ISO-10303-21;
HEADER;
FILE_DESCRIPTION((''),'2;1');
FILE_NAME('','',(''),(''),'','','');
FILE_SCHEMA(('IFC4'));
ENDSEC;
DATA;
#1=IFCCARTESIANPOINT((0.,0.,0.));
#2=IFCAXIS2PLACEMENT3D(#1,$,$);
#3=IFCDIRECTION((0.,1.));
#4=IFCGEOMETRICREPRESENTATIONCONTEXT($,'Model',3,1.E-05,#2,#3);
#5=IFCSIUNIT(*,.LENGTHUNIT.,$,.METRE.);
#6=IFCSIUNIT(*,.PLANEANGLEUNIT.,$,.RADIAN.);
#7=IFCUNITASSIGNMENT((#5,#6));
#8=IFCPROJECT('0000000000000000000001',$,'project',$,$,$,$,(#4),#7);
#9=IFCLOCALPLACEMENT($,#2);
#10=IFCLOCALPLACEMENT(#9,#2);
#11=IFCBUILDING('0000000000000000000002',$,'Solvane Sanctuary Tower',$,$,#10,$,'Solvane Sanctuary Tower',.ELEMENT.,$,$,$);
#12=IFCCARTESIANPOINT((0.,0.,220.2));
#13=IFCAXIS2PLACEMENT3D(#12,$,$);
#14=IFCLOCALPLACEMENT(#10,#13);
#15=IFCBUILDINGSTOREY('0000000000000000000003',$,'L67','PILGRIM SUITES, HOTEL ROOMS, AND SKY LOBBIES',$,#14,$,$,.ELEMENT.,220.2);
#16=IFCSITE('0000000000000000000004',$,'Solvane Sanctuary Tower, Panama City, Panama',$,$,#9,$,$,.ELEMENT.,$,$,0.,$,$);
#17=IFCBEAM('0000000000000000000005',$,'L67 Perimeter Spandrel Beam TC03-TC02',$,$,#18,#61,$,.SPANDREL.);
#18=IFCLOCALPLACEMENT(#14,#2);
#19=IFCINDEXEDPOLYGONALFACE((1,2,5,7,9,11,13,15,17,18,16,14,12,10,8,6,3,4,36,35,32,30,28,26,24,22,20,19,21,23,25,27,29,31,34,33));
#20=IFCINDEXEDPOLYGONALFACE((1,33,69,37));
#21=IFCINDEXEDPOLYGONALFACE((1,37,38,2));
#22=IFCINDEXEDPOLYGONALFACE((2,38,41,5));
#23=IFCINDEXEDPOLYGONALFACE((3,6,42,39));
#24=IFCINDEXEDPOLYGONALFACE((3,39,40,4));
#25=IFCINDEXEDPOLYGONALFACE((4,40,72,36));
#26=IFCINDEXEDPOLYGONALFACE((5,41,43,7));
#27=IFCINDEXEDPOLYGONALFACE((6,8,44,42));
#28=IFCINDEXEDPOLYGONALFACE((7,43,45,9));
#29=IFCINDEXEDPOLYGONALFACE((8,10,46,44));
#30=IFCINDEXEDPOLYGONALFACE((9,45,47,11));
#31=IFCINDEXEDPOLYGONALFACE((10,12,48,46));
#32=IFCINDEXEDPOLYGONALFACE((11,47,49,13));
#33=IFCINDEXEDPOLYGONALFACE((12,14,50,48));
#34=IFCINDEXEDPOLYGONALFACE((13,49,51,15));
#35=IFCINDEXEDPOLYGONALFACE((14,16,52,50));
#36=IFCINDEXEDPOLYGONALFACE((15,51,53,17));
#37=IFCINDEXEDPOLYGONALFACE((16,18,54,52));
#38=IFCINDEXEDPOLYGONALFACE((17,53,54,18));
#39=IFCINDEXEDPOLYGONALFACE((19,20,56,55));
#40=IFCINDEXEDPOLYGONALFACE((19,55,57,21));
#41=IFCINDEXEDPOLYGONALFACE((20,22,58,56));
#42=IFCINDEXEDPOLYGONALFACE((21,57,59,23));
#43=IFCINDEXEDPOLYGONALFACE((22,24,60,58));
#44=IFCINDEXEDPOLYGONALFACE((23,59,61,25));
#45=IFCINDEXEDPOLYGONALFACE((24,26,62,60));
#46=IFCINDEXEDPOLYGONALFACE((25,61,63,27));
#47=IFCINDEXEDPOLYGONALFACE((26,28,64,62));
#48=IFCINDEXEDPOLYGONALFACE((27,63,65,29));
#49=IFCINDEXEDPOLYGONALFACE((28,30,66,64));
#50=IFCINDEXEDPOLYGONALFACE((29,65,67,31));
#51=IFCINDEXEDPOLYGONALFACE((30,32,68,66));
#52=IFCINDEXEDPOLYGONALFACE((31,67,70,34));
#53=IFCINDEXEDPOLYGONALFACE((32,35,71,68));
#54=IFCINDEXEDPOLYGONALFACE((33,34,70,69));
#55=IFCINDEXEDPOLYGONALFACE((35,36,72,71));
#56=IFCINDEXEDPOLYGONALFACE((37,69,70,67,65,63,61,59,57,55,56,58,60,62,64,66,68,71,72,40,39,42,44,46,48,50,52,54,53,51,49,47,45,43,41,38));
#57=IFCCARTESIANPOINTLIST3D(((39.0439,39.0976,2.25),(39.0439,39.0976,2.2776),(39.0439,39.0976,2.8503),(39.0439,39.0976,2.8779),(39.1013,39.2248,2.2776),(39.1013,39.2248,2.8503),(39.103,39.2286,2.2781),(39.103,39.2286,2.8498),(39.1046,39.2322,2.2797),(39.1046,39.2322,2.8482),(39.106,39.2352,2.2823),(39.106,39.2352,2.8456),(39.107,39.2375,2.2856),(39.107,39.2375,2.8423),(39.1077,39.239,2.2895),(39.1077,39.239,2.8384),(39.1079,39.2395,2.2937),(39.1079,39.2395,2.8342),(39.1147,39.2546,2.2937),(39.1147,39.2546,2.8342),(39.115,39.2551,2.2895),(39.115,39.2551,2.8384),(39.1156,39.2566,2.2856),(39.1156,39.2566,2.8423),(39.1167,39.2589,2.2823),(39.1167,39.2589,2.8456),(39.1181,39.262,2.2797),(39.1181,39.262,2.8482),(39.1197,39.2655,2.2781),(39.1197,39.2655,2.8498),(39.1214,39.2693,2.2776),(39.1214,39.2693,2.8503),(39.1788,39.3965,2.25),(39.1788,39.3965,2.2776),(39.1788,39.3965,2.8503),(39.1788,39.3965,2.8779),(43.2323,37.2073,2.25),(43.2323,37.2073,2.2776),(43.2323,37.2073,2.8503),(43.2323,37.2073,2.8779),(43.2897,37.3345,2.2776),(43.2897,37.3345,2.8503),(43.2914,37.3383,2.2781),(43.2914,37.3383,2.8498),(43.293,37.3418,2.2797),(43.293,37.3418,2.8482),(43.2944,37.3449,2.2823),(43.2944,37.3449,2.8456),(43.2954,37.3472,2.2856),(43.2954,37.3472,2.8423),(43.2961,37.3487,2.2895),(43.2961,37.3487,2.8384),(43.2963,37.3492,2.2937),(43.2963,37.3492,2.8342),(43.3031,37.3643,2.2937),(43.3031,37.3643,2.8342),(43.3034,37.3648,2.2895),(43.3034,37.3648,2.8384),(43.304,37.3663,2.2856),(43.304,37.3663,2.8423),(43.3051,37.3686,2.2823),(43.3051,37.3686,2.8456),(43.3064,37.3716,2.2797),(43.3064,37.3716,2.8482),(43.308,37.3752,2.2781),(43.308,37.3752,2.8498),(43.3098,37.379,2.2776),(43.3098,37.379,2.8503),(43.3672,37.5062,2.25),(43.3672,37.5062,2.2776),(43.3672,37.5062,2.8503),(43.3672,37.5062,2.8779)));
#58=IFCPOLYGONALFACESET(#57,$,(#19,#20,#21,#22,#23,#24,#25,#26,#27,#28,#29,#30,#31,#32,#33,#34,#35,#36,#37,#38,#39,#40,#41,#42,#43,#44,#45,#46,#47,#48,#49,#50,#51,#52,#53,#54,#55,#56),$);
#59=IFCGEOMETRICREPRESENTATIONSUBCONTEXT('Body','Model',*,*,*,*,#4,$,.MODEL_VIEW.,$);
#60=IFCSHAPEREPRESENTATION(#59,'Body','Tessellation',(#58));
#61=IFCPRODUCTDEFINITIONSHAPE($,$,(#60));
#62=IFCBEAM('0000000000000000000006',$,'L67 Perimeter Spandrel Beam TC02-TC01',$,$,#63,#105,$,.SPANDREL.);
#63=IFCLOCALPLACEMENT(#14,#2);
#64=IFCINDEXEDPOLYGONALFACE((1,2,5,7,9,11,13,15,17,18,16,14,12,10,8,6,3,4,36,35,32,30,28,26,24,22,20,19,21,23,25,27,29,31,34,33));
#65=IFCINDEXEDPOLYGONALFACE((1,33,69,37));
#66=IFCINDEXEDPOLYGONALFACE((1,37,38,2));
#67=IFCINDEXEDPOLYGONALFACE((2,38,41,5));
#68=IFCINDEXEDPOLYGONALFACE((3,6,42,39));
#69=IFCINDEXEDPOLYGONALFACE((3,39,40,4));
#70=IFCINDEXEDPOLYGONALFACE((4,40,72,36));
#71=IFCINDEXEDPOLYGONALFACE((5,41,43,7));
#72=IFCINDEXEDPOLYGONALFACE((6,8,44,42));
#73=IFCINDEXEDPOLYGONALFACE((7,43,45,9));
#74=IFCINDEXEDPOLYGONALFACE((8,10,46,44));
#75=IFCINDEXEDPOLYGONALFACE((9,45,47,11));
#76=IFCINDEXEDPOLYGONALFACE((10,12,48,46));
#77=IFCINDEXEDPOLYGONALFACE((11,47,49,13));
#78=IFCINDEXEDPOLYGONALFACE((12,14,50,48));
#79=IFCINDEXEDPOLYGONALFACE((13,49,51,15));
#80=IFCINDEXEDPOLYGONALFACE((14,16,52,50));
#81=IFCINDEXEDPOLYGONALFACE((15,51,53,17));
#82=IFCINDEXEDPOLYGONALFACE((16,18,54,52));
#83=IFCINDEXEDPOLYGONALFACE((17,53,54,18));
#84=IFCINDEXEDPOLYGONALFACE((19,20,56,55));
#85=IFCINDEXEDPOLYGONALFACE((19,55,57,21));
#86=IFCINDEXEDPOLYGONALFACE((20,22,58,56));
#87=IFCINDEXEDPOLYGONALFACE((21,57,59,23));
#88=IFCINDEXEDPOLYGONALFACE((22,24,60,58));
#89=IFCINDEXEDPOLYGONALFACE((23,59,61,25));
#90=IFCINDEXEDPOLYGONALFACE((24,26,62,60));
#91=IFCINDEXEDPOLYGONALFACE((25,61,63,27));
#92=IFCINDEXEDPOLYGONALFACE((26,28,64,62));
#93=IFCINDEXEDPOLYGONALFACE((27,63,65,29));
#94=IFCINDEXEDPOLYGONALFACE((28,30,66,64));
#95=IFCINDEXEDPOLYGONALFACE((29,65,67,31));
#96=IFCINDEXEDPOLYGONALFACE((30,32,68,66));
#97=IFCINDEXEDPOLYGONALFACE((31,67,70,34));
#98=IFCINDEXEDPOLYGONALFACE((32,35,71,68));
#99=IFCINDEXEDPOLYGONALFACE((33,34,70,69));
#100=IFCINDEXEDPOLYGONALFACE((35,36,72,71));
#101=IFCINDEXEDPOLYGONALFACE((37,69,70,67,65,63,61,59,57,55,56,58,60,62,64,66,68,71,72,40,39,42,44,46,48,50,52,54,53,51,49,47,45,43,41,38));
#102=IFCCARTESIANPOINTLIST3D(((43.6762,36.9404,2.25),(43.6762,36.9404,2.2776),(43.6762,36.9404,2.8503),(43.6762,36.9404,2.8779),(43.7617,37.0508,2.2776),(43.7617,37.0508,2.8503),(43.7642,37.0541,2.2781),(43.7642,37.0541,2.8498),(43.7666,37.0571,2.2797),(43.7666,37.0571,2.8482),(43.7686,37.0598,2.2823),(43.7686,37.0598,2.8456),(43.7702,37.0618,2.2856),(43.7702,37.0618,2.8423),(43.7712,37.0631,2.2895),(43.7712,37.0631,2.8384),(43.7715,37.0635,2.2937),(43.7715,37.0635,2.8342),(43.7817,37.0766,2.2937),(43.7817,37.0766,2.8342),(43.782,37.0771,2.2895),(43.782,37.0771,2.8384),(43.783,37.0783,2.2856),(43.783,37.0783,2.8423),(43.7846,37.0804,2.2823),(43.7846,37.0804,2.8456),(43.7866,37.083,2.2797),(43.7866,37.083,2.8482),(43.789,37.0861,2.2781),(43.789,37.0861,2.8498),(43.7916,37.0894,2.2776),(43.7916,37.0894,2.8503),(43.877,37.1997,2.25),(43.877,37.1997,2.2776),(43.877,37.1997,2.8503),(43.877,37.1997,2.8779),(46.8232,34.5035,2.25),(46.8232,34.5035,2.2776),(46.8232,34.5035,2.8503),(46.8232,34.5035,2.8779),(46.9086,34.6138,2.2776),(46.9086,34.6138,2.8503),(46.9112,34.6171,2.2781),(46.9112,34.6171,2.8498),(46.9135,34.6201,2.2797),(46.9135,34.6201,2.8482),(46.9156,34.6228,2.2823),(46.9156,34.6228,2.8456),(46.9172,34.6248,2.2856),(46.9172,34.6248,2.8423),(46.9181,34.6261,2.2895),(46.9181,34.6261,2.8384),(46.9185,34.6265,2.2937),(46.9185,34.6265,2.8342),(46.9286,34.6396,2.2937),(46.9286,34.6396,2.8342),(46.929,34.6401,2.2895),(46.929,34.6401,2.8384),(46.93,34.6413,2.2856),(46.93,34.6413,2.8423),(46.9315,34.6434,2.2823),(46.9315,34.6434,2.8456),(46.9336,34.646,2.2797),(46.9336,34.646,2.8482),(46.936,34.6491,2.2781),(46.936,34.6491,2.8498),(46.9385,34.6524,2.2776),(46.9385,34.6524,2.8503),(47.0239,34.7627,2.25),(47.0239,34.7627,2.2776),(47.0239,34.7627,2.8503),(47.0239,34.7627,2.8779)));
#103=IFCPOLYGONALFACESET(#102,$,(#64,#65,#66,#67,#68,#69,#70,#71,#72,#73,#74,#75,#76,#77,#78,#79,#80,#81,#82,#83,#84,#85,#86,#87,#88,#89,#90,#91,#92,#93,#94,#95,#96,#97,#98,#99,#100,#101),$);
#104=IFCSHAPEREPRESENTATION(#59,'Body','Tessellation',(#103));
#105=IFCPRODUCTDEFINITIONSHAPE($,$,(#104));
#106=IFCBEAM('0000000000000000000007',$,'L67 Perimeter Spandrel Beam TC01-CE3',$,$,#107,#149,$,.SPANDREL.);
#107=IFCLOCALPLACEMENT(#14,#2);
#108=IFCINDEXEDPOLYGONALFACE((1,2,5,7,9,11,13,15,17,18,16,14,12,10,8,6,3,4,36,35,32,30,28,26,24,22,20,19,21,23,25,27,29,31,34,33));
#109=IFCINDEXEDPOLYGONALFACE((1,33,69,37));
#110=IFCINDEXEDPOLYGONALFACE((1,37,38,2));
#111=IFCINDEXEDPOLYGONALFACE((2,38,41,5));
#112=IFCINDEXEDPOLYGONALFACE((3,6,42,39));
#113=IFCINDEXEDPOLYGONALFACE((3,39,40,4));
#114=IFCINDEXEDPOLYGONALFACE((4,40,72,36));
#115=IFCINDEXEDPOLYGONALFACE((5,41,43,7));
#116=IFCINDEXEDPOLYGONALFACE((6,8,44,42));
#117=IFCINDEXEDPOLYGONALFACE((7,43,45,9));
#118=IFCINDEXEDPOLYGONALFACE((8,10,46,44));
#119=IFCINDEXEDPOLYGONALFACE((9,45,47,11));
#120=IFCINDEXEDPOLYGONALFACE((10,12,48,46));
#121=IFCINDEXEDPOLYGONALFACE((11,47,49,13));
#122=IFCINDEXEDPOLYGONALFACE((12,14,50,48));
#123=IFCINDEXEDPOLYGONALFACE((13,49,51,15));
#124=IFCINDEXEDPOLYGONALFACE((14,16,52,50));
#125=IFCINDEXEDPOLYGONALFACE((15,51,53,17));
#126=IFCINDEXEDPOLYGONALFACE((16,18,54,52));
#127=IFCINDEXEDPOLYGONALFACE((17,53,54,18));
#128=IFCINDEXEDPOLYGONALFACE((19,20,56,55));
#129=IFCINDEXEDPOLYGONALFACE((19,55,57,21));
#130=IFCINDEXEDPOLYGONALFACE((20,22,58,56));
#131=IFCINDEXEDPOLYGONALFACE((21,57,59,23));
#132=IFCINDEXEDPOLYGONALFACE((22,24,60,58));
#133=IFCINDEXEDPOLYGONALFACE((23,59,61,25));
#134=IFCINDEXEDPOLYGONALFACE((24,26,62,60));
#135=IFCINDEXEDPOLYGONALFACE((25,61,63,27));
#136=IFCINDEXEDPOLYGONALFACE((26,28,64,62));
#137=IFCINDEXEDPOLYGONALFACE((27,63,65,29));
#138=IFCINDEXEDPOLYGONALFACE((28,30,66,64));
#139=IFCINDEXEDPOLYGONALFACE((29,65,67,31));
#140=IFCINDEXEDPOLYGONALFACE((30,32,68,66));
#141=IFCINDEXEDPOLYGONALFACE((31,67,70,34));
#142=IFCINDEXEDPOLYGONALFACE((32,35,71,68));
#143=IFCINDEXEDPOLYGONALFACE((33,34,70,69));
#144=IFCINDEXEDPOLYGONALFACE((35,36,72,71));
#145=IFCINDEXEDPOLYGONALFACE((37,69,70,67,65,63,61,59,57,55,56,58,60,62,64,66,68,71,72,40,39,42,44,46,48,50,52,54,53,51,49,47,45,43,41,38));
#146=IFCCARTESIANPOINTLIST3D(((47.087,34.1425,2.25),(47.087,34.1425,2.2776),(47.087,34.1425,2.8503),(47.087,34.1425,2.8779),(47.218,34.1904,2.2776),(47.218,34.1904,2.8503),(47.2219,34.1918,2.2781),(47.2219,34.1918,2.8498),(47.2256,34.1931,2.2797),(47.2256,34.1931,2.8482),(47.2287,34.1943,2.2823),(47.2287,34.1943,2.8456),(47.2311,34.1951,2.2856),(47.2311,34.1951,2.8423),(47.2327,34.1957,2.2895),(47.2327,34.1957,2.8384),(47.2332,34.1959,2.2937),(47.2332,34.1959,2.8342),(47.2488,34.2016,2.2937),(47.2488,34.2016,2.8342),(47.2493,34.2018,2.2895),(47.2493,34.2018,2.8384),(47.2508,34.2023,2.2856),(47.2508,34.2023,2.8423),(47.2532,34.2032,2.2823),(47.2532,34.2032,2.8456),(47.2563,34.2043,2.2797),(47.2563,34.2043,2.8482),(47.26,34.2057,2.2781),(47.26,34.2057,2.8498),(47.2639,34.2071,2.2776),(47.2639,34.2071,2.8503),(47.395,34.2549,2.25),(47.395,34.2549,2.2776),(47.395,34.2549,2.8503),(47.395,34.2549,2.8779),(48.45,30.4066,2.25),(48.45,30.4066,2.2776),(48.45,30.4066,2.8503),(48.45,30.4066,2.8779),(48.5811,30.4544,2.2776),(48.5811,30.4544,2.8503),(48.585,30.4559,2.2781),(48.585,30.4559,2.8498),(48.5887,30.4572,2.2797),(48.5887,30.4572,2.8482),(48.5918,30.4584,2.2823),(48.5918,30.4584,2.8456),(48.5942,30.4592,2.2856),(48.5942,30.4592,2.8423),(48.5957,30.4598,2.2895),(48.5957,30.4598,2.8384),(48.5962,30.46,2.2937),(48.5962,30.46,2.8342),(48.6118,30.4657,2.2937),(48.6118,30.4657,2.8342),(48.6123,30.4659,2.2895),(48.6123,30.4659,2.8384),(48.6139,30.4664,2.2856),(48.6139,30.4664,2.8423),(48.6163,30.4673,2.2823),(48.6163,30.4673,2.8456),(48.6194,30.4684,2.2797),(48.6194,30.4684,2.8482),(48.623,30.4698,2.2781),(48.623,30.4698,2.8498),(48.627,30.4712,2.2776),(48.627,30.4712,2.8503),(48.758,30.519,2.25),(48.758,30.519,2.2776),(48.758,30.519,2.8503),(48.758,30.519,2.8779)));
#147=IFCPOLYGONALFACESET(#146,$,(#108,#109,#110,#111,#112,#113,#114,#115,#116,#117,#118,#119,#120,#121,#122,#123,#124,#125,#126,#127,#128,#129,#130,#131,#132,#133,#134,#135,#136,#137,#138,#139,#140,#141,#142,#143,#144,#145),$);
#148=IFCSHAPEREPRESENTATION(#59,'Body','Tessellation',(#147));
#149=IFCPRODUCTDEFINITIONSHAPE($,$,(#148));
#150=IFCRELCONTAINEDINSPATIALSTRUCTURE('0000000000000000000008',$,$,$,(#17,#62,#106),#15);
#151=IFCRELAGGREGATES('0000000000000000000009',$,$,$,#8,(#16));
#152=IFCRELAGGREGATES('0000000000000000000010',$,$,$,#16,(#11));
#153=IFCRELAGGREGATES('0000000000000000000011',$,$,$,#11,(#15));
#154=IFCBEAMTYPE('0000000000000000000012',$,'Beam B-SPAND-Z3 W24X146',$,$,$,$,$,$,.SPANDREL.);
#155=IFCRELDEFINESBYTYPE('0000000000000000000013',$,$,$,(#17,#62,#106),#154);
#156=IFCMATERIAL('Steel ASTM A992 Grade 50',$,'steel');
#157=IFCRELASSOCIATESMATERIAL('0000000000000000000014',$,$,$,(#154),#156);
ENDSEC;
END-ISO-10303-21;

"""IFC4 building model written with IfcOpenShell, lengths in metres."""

from ifc_helpers import new_model, si_unit, direction, frame, origin, origin_2d, place, context, subcontext, project, spatial, i_section, extrude, material, material_profile, profile_set, type_object, element, save


model = new_model("IFC4")

# Units and contexts
model_context = context("Model", 3, precision=1e-05, world=origin(), true_north=direction((0.0, 1.0)))
body_context = subcontext(model_context, "Body", "Model", "MODEL_VIEW")
ifc_project = project(units=[si_unit("LENGTHUNIT", "METRE"), si_unit("PLANEANGLEUNIT", "RADIAN")], contexts=[model_context])

# Site, building, storey
site_placement = place(None, origin())
site = spatial("IfcSite", under=ifc_project, at=site_placement, Name="Solvane Sanctuary Tower, Panama City, Panama", CompositionType="ELEMENT", RefElevation=0.0)
building_placement = place(site_placement, origin())
building = spatial("IfcBuilding", under=site, at=building_placement, Name="Solvane Sanctuary Tower", LongName="Solvane Sanctuary Tower", CompositionType="ELEMENT")
storey_placement = place(building_placement, frame((0.0, 0.0, 220.2)))
storey = spatial("IfcBuildingStorey", under=building, at=storey_placement, Name="L67", Description="PILGRIM SUITES, HOTEL ROOMS, AND SKY LOBBIES", CompositionType="ELEMENT", Elevation=220.2)

# Beams
ifc_material_1 = material(Name="Steel ASTM A992 Grade 50", Category="steel")
ifc_material_profile_1 = material_profile(ifc_material_1, i_section(OverallWidth=0.3279, OverallDepth=0.6279, WebThickness=0.0166, FlangeThickness=0.0276, FilletRadius=0.0161, at=origin_2d()), Name="W24X146")
ifc_profile_set_1 = profile_set([ifc_material_profile_1], Name="Steel ASTM A992 Grade 50")
beam_type_1 = type_object("IfcBeamType", Name="Beam B-SPAND-Z3 W24X146", PredefinedType="SPANDREL", material=ifc_profile_set_1)
beam_1_placement = place(storey_placement, frame((39.1113, 39.2471, 2.564), z_axis=(0.911468, -0.411372, 0.0), x_axis=(0.411372, 0.911468, 0.0)))
element("IfcBeam", 1, at=beam_1_placement, inside=storey, type_object=beam_type_1, Name="L67 Perimeter Spandrel Beam TC03-TC02", PredefinedType="SPANDREL", context=body_context, shape_type="SweptSolid", body=[
    extrude(i_section(OverallWidth=0.3279, OverallDepth=0.6279, WebThickness=0.0166, FlangeThickness=0.0276, FilletRadius=0.0161, at=origin_2d()), origin(), (0.0, 0.0, 1.0), 4.5952),
])
beam_2_placement = place(storey_placement, frame((43.7766, 37.0701, 2.564), z_axis=(0.790645, -0.612275, 0.0), x_axis=(0.612275, 0.790645, 0.0)))
element("IfcBeam", 2, at=beam_2_placement, inside=storey, type_object=beam_type_1, Name="L67 Perimeter Spandrel Beam TC02-TC01", PredefinedType="SPANDREL", context=body_context, shape_type="SweptSolid", body=[
    extrude(i_section(OverallWidth=0.3279, OverallDepth=0.6279, WebThickness=0.0166, FlangeThickness=0.0276, FilletRadius=0.0161, at=origin_2d()), origin(), (0.0, 0.0, 1.0), 3.9802),
])
beam_3_placement = place(storey_placement, frame((47.241, 34.1987, 2.564), z_axis=(0.342753, -0.939425, 0.0), x_axis=(0.939425, 0.342753, 0.0)))
element("IfcBeam", 3, at=beam_3_placement, inside=storey, type_object=beam_type_1, Name="L67 Perimeter Spandrel Beam TC01-CE3", PredefinedType="SPANDREL", context=body_context, shape_type="SweptSolid", body=[
    extrude(i_section(OverallWidth=0.3279, OverallDepth=0.6279, WebThickness=0.0166, FlangeThickness=0.0276, FilletRadius=0.0161, at=origin_2d()), origin(), (0.0, 0.0, 1.0), 3.9768),
])

save(model, "model.ifc")
